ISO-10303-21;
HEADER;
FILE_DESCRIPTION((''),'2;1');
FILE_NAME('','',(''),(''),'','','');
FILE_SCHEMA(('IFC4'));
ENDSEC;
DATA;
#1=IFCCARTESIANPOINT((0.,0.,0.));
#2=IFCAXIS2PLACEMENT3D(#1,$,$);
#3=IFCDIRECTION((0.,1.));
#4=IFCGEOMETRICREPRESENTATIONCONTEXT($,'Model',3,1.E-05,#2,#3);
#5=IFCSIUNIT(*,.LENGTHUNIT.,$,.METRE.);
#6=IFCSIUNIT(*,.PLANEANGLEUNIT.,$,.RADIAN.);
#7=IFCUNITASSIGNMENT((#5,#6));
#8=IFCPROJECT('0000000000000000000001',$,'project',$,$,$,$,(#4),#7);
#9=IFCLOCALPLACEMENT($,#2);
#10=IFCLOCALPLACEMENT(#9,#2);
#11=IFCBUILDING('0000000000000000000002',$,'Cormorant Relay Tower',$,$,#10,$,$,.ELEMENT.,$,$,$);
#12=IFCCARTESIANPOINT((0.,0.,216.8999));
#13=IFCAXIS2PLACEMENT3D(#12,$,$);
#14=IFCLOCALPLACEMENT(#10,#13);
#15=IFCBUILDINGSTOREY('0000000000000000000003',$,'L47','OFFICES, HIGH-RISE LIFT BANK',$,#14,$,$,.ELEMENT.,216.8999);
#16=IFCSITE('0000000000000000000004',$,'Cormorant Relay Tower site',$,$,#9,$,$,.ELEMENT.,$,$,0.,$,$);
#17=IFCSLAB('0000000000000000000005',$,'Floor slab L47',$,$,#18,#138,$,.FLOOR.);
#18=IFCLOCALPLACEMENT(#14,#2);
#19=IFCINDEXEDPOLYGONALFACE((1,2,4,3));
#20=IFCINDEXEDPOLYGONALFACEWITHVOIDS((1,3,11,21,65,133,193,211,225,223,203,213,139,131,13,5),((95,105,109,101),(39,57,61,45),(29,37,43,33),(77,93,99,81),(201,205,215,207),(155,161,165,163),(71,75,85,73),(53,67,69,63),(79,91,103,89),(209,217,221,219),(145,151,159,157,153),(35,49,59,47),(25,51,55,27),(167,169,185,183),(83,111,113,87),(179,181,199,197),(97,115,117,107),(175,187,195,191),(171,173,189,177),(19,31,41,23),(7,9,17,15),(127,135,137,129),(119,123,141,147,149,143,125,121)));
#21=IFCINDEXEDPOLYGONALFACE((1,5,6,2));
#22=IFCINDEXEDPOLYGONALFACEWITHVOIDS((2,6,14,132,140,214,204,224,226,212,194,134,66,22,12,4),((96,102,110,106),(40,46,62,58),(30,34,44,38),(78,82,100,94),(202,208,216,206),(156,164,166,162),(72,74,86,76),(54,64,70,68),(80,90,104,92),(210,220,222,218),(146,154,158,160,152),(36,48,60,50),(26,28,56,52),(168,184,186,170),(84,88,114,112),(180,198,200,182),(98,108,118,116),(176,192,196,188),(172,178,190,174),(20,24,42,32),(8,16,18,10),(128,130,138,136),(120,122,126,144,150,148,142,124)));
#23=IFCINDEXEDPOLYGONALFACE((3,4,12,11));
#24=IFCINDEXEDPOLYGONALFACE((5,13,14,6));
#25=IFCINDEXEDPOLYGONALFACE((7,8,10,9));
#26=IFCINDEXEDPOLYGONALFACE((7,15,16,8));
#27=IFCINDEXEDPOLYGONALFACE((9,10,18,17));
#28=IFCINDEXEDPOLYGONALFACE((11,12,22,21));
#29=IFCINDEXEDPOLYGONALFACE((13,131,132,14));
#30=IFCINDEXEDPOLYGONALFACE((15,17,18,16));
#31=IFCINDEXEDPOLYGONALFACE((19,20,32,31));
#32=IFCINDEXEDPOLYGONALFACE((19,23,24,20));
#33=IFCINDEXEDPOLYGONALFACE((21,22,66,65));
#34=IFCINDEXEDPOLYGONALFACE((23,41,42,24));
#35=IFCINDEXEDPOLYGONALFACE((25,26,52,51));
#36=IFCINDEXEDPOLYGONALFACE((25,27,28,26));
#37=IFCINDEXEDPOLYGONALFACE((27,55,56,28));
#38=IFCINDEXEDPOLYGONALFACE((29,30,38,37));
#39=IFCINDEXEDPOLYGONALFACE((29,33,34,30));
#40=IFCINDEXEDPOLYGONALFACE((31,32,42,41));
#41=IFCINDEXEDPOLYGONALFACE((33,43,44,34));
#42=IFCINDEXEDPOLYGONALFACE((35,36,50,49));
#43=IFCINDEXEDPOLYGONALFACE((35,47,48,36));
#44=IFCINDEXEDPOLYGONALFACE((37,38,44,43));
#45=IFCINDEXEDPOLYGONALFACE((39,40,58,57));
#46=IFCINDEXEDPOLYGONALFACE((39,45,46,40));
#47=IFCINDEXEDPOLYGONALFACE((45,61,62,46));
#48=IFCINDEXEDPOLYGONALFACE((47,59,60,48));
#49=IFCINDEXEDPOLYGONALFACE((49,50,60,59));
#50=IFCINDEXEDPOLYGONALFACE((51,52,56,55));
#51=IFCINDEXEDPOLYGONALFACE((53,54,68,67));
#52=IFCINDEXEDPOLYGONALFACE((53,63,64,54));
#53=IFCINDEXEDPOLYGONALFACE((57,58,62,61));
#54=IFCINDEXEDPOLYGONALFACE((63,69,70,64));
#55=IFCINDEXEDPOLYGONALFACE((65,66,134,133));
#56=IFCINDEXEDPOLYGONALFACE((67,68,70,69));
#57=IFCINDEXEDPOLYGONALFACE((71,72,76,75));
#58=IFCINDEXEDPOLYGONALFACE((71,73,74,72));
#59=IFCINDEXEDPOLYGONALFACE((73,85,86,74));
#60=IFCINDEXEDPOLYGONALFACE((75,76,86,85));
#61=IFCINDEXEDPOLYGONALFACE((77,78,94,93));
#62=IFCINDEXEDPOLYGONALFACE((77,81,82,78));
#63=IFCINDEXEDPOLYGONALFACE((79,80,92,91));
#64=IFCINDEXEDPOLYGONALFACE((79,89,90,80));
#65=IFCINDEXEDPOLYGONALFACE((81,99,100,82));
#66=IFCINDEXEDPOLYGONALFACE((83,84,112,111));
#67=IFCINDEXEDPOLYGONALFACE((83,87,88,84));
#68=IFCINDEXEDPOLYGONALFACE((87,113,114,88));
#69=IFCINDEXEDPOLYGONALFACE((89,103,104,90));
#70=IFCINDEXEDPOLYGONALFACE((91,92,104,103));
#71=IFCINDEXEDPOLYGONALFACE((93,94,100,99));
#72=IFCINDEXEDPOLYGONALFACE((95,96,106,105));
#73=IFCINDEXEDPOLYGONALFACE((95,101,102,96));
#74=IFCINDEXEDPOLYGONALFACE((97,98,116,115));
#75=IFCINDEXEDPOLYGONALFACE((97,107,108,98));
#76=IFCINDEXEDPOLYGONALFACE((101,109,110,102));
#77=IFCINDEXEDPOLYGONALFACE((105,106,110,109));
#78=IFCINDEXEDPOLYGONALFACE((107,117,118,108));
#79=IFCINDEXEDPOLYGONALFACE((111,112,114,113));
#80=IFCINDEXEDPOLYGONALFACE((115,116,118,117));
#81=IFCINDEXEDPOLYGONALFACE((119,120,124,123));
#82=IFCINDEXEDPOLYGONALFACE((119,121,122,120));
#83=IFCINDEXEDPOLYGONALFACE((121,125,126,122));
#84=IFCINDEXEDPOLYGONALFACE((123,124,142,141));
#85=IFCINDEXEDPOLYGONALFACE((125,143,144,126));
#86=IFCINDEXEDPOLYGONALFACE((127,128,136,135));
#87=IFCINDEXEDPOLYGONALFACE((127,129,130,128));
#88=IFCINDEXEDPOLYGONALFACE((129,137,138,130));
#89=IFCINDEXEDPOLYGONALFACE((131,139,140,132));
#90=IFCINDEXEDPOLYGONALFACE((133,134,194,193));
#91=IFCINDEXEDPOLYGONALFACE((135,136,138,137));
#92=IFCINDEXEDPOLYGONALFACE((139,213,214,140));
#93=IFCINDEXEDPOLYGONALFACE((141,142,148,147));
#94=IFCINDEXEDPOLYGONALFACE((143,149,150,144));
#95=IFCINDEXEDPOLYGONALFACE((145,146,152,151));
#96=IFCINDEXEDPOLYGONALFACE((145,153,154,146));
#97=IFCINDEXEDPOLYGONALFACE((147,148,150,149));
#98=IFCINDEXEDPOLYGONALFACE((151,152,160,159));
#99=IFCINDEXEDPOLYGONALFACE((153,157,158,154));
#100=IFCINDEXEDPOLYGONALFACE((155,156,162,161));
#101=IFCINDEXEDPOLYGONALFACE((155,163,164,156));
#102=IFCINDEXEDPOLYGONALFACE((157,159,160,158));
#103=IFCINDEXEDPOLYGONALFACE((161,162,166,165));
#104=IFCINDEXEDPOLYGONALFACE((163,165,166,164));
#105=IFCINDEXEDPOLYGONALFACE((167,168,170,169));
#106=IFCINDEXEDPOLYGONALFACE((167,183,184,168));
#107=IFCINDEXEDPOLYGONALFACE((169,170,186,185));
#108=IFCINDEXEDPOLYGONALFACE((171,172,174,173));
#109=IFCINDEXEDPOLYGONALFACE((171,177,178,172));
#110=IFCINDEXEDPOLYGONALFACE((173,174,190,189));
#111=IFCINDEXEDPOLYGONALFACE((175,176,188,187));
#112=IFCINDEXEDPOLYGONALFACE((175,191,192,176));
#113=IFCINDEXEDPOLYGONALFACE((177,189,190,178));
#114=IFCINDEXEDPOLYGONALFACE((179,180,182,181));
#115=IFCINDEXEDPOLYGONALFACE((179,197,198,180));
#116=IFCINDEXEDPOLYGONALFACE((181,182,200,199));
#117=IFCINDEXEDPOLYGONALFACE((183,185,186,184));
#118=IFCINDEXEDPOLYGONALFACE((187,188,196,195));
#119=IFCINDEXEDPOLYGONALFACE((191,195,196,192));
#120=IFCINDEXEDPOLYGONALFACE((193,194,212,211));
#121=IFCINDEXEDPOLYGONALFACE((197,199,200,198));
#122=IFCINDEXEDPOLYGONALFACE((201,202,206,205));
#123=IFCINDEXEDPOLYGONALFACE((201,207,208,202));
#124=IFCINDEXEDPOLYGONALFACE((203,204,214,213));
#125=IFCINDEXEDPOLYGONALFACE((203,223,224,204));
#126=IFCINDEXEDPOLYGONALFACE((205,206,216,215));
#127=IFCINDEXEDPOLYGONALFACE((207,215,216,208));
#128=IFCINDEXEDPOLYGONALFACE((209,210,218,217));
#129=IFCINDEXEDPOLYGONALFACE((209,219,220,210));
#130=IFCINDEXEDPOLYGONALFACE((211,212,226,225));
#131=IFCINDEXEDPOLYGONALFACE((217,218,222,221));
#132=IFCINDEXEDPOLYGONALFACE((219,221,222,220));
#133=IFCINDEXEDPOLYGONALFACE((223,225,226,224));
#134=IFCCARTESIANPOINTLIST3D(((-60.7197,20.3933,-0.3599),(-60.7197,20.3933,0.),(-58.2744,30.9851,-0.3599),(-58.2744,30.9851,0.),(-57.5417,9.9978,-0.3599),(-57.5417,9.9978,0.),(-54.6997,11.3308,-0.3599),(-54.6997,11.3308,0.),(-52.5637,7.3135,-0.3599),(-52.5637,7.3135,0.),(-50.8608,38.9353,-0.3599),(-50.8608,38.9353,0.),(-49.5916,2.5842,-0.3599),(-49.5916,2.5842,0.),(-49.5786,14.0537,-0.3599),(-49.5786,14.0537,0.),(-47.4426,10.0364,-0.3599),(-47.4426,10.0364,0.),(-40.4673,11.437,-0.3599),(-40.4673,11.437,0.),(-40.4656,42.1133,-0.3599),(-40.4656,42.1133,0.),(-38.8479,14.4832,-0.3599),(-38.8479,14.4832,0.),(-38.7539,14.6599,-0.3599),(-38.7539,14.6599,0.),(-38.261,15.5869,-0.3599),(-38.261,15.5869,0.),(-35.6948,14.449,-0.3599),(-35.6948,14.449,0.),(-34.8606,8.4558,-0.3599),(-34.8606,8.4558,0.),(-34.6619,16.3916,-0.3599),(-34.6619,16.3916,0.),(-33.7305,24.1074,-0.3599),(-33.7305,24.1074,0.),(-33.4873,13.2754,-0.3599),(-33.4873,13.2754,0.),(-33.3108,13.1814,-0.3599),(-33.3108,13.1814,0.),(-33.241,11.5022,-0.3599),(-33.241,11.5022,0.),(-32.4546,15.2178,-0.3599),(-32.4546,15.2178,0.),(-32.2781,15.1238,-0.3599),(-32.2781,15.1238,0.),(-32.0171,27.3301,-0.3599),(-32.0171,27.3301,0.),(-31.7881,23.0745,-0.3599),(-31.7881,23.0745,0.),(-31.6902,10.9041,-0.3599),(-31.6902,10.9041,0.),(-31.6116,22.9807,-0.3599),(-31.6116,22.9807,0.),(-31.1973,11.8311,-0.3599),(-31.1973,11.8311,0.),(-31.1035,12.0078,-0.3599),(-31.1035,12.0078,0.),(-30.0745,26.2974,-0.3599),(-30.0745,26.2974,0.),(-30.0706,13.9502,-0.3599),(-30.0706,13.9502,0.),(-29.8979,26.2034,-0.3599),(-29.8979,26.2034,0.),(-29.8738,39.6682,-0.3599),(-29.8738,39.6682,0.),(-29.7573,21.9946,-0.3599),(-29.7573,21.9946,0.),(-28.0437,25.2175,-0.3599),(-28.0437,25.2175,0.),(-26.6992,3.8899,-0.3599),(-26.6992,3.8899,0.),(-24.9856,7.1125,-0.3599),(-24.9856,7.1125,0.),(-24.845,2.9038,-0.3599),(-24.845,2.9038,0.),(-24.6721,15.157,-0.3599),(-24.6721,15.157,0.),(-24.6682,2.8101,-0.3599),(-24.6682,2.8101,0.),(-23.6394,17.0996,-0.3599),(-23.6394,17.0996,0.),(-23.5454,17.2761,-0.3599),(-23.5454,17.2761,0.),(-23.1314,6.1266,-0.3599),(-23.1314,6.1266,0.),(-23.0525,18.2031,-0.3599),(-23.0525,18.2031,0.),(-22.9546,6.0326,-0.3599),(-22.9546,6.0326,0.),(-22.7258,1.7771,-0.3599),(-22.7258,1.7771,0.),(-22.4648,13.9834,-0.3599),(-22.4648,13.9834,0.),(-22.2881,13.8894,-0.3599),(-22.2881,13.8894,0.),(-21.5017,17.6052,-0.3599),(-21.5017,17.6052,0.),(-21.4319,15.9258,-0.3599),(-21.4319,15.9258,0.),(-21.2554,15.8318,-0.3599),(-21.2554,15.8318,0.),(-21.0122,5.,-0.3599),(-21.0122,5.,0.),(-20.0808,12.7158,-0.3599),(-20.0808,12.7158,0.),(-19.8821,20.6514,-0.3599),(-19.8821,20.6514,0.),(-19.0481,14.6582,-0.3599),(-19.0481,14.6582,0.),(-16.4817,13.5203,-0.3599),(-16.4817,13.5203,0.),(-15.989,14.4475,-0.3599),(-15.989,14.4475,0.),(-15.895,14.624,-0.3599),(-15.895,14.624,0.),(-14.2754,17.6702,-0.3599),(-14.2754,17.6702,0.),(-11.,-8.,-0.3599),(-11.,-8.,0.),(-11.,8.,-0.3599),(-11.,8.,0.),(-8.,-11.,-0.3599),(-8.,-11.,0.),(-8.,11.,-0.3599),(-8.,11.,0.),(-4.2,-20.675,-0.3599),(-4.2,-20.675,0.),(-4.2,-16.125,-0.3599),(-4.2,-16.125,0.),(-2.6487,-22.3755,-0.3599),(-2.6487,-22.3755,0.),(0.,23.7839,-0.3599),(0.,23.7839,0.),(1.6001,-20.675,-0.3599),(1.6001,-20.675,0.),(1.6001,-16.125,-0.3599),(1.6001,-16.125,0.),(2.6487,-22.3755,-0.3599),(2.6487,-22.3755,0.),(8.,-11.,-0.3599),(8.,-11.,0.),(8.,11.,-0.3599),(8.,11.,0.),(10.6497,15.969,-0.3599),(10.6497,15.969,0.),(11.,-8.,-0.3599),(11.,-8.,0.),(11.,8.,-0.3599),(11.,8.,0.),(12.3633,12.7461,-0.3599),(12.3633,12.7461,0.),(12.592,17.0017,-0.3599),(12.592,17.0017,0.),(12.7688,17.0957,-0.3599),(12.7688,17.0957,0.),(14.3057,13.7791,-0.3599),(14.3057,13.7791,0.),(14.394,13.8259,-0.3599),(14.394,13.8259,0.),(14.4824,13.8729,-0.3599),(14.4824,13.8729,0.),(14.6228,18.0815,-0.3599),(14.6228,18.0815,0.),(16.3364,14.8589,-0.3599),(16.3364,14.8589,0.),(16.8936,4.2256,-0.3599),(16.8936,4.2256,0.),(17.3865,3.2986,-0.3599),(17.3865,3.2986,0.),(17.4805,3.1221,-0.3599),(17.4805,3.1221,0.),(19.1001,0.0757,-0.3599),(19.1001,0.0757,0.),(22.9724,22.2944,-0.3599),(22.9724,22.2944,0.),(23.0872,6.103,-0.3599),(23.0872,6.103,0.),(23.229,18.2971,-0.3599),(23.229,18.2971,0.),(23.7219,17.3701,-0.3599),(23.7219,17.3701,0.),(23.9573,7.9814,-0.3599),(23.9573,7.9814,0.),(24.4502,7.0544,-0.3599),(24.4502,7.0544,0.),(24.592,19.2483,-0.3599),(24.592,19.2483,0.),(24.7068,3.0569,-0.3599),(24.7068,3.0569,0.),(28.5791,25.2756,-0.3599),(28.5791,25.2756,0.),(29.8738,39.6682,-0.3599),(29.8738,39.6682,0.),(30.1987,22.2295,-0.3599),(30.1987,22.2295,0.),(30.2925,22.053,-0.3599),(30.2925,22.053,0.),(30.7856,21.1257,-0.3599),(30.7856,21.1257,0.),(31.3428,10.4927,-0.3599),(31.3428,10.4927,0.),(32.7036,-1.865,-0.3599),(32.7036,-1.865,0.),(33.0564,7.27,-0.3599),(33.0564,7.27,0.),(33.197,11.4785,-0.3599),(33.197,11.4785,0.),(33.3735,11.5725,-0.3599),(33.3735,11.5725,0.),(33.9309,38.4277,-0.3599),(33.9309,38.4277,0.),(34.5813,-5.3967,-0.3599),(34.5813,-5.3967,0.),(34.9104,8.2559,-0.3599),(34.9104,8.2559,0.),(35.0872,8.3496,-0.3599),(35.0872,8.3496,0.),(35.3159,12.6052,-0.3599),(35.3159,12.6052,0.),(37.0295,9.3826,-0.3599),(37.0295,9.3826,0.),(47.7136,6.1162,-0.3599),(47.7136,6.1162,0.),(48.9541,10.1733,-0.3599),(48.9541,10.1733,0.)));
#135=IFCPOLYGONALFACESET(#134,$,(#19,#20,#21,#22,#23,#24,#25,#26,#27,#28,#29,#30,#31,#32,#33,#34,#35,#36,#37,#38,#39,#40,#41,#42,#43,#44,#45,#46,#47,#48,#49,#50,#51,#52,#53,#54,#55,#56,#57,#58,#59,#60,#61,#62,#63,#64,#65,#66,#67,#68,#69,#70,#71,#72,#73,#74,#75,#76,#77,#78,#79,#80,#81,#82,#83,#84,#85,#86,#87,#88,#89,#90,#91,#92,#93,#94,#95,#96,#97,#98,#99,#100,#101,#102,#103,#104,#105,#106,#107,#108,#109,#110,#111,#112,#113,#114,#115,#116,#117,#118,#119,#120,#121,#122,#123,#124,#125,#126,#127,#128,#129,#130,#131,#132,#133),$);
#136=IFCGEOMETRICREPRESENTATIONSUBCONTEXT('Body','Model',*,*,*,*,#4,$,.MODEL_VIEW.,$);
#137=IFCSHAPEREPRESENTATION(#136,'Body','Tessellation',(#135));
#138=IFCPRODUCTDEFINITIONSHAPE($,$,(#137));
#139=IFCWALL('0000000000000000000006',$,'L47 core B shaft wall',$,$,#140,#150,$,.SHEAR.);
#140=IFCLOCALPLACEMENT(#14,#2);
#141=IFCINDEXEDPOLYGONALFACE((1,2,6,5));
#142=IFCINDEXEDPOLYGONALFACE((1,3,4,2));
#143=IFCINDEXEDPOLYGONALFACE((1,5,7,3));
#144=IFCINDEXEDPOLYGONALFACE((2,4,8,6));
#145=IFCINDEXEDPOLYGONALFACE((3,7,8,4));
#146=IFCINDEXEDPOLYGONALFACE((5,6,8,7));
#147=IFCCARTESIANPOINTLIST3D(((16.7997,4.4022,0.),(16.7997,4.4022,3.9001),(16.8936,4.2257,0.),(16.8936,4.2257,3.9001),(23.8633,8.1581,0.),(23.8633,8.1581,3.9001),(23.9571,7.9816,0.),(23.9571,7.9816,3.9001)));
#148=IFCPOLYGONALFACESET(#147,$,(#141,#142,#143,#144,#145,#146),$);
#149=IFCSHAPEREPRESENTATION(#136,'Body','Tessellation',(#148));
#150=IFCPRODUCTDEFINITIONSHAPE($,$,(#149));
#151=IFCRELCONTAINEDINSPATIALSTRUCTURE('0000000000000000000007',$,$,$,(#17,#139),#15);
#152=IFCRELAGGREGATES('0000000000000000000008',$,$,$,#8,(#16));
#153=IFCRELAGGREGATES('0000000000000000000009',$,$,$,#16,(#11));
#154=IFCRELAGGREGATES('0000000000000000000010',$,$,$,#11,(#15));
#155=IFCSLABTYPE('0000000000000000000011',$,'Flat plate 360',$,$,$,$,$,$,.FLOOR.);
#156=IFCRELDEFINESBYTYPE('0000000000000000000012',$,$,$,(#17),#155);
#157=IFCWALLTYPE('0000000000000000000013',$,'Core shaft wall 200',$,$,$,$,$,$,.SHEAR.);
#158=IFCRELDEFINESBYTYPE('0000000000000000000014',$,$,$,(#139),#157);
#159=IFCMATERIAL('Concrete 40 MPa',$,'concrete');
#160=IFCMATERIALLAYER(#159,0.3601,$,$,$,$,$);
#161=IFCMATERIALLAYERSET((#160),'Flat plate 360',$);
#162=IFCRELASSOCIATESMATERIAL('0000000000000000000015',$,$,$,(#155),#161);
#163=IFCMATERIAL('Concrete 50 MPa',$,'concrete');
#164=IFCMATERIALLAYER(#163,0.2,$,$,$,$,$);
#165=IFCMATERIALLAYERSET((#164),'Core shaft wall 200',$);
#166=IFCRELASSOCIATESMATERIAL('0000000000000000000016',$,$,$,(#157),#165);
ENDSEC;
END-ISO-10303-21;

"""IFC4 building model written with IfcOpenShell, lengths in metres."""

from ifc_helpers import new_model, si_unit, direction, frame, frame_2d, origin, place, context, subcontext, project, spatial, polyline, rectangle, outline, extrude, material, layer, layer_set, type_object, element, save


model = new_model("IFC4")

# Units and contexts
model_context = context("Model", 3, precision=1e-05, world=origin(), true_north=direction((0.0, 1.0)))
body_context = subcontext(model_context, "Body", "Model", "MODEL_VIEW")
ifc_project = project(units=[si_unit("LENGTHUNIT", "METRE"), si_unit("PLANEANGLEUNIT", "RADIAN")], contexts=[model_context])

# Site, building, storey
site_placement = place(None, origin())
site = spatial("IfcSite", under=ifc_project, at=site_placement, Name="Cormorant Relay Tower site", CompositionType="ELEMENT", RefElevation=0.0)
building_placement = place(site_placement, origin())
building = spatial("IfcBuilding", under=site, at=building_placement, Name="Cormorant Relay Tower", CompositionType="ELEMENT")
storey_placement = place(building_placement, frame((0.0, 0.0, 216.8999)))
storey = spatial("IfcBuildingStorey", under=building, at=storey_placement, Name="L47", Description="OFFICES, HIGH-RISE LIFT BANK", CompositionType="ELEMENT", Elevation=216.8999)

# Slab
ifc_material_1 = material(Name="Concrete 40 MPa", Category="concrete")
ifc_layer_1 = layer(ifc_material_1, 0.3601)
ifc_layer_set_1 = layer_set([ifc_layer_1], Name="Flat plate 360")
slab_type_1 = type_object("IfcSlabType", Name="Flat plate 360", PredefinedType="FLOOR", material=ifc_layer_set_1)
slab_1_placement = place(storey_placement, frame((0.0, 0.0, -0.3599)))
element("IfcSlab", 1, at=slab_1_placement, inside=storey, type_object=slab_type_1, Name="Floor slab L47", PredefinedType="FLOOR", context=body_context, shape_type="SweptSolid", body=[
    extrude(outline(polyline([(-60.7197, 20.3933), (-58.2744, 30.9851), (-50.8608, 38.9353), (-40.4656, 42.1133), (-29.8738, 39.6682), (0.0, 23.7839), (29.8738, 39.6682), (33.9309, 38.4277), (48.9541, 10.1733), (47.7136, 6.1162), (32.7036, -1.865), (34.5813, -5.3967), (2.6487, -22.3755), (-2.6487, -22.3755), (-49.5916, 2.5842), (-57.5417, 9.9978), (-60.7197, 20.3933)]), holes=[polyline([(11.0, -8.0), (11.0, 8.0), (8.0, 11.0), (-8.0, 11.0), (-11.0, 8.0), (-11.0, -8.0), (-8.0, -11.0), (8.0, -11.0), (11.0, -8.0)]), polyline([(-22.9546, 6.0327), (-24.6682, 2.8101), (-22.7258, 1.7771), (-21.0122, 5.0), (-23.043, 6.0796), (-22.9546, 6.0327)]), polyline([(-24.9856, 7.1125), (-26.6992, 3.8899), (-24.845, 2.9038), (-23.1313, 6.1267), (-23.043, 6.0796), (-24.9856, 7.1125)]), polyline([(-54.6997, 11.3308), (-52.5637, 7.3135), (-47.4426, 10.0364), (-49.5786, 14.0537), (-54.6997, 11.3308)]), polyline([(-33.241, 11.5022), (-38.8479, 14.4832), (-40.4673, 11.437), (-34.8606, 8.4558), (-33.241, 11.5022)]), polyline([(-38.261, 15.5869), (-38.7539, 14.6599), (-31.6902, 10.9041), (-31.1973, 11.8311), (-38.261, 15.5869)]), polyline([(-31.1035, 12.0078), (-30.0706, 13.9502), (-32.2781, 15.1238), (-33.3108, 13.1814), (-31.1035, 12.0078)]), polyline([(-22.2881, 13.8894), (-20.0808, 12.7158), (-19.0481, 14.6582), (-21.2554, 15.8318), (-22.2881, 13.8894)]), polyline([(-34.6619, 16.3916), (-35.6948, 14.449), (-33.4873, 13.2754), (-32.4546, 15.2178), (-34.6619, 16.3916)]), polyline([(-22.4648, 13.9834), (-21.4319, 15.9258), (-23.6394, 17.0996), (-24.6721, 15.157), (-22.4648, 13.9834)]), polyline([(-31.6116, 22.9807), (-29.7573, 21.9946), (-28.0437, 25.2175), (-29.8979, 26.2034), (-31.6116, 22.9807)]), polyline([(-32.0171, 27.3301), (-33.7305, 24.1074), (-31.7881, 23.0745), (-30.0745, 26.2974), (-32.0171, 27.3301)]), polyline([(-4.2, -16.125), (-4.2, -20.675), (1.6001, -20.675), (1.6001, -16.125), (-4.2, -16.125)]), polyline([(17.4805, 3.1221), (19.1001, 0.0757), (24.7068, 3.0569), (23.0872, 6.103), (17.4805, 3.1221)]), polyline([(17.3865, 3.2986), (24.4502, 7.0544), (23.9573, 7.9814), (16.8936, 4.2256), (17.3865, 3.2986)]), polyline([(33.197, 11.4785), (31.3428, 10.4927), (33.0564, 7.27), (34.9104, 8.2559), (33.197, 11.4785)]), polyline([(33.3735, 11.5725), (35.0872, 8.3496), (37.0295, 9.3826), (35.3159, 12.6052), (33.3735, 11.5725)]), polyline([(14.3057, 13.7791), (12.592, 17.0017), (10.6497, 15.969), (12.3633, 12.7461), (14.394, 13.8259), (14.3057, 13.7791)]), polyline([(16.3364, 14.8589), (14.6228, 18.0815), (12.7688, 17.0957), (14.4824, 13.8728), (14.394, 13.8259), (16.3364, 14.8589)]), polyline([(-16.4817, 13.5203), (-15.989, 14.4475), (-23.0525, 18.2031), (-23.5454, 17.2761), (-16.4817, 13.5203)]), polyline([(-15.895, 14.624), (-14.2754, 17.6702), (-19.8821, 20.6514), (-21.5017, 17.6052), (-15.895, 14.624)]), polyline([(30.7856, 21.1257), (30.2925, 22.053), (23.229, 18.2971), (23.7219, 17.3701), (30.7856, 21.1257)]), polyline([(24.592, 19.2483), (30.1987, 22.2295), (28.5791, 25.2756), (22.9724, 22.2944), (24.592, 19.2483)])]), origin(), (0.0, 0.0, 1.0), 0.3599),
])

# Wall
ifc_material_2 = material(Name="Concrete 50 MPa", Category="concrete")
ifc_layer_2 = layer(ifc_material_2, 0.2)
ifc_layer_set_2 = layer_set([ifc_layer_2], Name="Core shaft wall 200")
wall_type_1 = type_object("IfcWallType", Name="Core shaft wall 200", PredefinedType="SHEAR", material=ifc_layer_set_2)
wall_1_placement = place(storey_placement, frame((16.8467, 4.314, 0.0), z_axis=(0.0, 0.0, 1.0), x_axis=(0.88294, 0.469485, 0.0)))
element("IfcWall", 2, at=wall_1_placement, inside=storey, type_object=wall_type_1, Name="L47 core B shaft wall", PredefinedType="SHEAR", context=body_context, shape_type="SweptSolid", body=[
    extrude(rectangle(XDim=8.0, YDim=0.2, at=frame_2d((4.0, 0.0))), origin(), (0.0, 0.0, 1.0), 3.9001),
])

save(model, "model.ifc")
